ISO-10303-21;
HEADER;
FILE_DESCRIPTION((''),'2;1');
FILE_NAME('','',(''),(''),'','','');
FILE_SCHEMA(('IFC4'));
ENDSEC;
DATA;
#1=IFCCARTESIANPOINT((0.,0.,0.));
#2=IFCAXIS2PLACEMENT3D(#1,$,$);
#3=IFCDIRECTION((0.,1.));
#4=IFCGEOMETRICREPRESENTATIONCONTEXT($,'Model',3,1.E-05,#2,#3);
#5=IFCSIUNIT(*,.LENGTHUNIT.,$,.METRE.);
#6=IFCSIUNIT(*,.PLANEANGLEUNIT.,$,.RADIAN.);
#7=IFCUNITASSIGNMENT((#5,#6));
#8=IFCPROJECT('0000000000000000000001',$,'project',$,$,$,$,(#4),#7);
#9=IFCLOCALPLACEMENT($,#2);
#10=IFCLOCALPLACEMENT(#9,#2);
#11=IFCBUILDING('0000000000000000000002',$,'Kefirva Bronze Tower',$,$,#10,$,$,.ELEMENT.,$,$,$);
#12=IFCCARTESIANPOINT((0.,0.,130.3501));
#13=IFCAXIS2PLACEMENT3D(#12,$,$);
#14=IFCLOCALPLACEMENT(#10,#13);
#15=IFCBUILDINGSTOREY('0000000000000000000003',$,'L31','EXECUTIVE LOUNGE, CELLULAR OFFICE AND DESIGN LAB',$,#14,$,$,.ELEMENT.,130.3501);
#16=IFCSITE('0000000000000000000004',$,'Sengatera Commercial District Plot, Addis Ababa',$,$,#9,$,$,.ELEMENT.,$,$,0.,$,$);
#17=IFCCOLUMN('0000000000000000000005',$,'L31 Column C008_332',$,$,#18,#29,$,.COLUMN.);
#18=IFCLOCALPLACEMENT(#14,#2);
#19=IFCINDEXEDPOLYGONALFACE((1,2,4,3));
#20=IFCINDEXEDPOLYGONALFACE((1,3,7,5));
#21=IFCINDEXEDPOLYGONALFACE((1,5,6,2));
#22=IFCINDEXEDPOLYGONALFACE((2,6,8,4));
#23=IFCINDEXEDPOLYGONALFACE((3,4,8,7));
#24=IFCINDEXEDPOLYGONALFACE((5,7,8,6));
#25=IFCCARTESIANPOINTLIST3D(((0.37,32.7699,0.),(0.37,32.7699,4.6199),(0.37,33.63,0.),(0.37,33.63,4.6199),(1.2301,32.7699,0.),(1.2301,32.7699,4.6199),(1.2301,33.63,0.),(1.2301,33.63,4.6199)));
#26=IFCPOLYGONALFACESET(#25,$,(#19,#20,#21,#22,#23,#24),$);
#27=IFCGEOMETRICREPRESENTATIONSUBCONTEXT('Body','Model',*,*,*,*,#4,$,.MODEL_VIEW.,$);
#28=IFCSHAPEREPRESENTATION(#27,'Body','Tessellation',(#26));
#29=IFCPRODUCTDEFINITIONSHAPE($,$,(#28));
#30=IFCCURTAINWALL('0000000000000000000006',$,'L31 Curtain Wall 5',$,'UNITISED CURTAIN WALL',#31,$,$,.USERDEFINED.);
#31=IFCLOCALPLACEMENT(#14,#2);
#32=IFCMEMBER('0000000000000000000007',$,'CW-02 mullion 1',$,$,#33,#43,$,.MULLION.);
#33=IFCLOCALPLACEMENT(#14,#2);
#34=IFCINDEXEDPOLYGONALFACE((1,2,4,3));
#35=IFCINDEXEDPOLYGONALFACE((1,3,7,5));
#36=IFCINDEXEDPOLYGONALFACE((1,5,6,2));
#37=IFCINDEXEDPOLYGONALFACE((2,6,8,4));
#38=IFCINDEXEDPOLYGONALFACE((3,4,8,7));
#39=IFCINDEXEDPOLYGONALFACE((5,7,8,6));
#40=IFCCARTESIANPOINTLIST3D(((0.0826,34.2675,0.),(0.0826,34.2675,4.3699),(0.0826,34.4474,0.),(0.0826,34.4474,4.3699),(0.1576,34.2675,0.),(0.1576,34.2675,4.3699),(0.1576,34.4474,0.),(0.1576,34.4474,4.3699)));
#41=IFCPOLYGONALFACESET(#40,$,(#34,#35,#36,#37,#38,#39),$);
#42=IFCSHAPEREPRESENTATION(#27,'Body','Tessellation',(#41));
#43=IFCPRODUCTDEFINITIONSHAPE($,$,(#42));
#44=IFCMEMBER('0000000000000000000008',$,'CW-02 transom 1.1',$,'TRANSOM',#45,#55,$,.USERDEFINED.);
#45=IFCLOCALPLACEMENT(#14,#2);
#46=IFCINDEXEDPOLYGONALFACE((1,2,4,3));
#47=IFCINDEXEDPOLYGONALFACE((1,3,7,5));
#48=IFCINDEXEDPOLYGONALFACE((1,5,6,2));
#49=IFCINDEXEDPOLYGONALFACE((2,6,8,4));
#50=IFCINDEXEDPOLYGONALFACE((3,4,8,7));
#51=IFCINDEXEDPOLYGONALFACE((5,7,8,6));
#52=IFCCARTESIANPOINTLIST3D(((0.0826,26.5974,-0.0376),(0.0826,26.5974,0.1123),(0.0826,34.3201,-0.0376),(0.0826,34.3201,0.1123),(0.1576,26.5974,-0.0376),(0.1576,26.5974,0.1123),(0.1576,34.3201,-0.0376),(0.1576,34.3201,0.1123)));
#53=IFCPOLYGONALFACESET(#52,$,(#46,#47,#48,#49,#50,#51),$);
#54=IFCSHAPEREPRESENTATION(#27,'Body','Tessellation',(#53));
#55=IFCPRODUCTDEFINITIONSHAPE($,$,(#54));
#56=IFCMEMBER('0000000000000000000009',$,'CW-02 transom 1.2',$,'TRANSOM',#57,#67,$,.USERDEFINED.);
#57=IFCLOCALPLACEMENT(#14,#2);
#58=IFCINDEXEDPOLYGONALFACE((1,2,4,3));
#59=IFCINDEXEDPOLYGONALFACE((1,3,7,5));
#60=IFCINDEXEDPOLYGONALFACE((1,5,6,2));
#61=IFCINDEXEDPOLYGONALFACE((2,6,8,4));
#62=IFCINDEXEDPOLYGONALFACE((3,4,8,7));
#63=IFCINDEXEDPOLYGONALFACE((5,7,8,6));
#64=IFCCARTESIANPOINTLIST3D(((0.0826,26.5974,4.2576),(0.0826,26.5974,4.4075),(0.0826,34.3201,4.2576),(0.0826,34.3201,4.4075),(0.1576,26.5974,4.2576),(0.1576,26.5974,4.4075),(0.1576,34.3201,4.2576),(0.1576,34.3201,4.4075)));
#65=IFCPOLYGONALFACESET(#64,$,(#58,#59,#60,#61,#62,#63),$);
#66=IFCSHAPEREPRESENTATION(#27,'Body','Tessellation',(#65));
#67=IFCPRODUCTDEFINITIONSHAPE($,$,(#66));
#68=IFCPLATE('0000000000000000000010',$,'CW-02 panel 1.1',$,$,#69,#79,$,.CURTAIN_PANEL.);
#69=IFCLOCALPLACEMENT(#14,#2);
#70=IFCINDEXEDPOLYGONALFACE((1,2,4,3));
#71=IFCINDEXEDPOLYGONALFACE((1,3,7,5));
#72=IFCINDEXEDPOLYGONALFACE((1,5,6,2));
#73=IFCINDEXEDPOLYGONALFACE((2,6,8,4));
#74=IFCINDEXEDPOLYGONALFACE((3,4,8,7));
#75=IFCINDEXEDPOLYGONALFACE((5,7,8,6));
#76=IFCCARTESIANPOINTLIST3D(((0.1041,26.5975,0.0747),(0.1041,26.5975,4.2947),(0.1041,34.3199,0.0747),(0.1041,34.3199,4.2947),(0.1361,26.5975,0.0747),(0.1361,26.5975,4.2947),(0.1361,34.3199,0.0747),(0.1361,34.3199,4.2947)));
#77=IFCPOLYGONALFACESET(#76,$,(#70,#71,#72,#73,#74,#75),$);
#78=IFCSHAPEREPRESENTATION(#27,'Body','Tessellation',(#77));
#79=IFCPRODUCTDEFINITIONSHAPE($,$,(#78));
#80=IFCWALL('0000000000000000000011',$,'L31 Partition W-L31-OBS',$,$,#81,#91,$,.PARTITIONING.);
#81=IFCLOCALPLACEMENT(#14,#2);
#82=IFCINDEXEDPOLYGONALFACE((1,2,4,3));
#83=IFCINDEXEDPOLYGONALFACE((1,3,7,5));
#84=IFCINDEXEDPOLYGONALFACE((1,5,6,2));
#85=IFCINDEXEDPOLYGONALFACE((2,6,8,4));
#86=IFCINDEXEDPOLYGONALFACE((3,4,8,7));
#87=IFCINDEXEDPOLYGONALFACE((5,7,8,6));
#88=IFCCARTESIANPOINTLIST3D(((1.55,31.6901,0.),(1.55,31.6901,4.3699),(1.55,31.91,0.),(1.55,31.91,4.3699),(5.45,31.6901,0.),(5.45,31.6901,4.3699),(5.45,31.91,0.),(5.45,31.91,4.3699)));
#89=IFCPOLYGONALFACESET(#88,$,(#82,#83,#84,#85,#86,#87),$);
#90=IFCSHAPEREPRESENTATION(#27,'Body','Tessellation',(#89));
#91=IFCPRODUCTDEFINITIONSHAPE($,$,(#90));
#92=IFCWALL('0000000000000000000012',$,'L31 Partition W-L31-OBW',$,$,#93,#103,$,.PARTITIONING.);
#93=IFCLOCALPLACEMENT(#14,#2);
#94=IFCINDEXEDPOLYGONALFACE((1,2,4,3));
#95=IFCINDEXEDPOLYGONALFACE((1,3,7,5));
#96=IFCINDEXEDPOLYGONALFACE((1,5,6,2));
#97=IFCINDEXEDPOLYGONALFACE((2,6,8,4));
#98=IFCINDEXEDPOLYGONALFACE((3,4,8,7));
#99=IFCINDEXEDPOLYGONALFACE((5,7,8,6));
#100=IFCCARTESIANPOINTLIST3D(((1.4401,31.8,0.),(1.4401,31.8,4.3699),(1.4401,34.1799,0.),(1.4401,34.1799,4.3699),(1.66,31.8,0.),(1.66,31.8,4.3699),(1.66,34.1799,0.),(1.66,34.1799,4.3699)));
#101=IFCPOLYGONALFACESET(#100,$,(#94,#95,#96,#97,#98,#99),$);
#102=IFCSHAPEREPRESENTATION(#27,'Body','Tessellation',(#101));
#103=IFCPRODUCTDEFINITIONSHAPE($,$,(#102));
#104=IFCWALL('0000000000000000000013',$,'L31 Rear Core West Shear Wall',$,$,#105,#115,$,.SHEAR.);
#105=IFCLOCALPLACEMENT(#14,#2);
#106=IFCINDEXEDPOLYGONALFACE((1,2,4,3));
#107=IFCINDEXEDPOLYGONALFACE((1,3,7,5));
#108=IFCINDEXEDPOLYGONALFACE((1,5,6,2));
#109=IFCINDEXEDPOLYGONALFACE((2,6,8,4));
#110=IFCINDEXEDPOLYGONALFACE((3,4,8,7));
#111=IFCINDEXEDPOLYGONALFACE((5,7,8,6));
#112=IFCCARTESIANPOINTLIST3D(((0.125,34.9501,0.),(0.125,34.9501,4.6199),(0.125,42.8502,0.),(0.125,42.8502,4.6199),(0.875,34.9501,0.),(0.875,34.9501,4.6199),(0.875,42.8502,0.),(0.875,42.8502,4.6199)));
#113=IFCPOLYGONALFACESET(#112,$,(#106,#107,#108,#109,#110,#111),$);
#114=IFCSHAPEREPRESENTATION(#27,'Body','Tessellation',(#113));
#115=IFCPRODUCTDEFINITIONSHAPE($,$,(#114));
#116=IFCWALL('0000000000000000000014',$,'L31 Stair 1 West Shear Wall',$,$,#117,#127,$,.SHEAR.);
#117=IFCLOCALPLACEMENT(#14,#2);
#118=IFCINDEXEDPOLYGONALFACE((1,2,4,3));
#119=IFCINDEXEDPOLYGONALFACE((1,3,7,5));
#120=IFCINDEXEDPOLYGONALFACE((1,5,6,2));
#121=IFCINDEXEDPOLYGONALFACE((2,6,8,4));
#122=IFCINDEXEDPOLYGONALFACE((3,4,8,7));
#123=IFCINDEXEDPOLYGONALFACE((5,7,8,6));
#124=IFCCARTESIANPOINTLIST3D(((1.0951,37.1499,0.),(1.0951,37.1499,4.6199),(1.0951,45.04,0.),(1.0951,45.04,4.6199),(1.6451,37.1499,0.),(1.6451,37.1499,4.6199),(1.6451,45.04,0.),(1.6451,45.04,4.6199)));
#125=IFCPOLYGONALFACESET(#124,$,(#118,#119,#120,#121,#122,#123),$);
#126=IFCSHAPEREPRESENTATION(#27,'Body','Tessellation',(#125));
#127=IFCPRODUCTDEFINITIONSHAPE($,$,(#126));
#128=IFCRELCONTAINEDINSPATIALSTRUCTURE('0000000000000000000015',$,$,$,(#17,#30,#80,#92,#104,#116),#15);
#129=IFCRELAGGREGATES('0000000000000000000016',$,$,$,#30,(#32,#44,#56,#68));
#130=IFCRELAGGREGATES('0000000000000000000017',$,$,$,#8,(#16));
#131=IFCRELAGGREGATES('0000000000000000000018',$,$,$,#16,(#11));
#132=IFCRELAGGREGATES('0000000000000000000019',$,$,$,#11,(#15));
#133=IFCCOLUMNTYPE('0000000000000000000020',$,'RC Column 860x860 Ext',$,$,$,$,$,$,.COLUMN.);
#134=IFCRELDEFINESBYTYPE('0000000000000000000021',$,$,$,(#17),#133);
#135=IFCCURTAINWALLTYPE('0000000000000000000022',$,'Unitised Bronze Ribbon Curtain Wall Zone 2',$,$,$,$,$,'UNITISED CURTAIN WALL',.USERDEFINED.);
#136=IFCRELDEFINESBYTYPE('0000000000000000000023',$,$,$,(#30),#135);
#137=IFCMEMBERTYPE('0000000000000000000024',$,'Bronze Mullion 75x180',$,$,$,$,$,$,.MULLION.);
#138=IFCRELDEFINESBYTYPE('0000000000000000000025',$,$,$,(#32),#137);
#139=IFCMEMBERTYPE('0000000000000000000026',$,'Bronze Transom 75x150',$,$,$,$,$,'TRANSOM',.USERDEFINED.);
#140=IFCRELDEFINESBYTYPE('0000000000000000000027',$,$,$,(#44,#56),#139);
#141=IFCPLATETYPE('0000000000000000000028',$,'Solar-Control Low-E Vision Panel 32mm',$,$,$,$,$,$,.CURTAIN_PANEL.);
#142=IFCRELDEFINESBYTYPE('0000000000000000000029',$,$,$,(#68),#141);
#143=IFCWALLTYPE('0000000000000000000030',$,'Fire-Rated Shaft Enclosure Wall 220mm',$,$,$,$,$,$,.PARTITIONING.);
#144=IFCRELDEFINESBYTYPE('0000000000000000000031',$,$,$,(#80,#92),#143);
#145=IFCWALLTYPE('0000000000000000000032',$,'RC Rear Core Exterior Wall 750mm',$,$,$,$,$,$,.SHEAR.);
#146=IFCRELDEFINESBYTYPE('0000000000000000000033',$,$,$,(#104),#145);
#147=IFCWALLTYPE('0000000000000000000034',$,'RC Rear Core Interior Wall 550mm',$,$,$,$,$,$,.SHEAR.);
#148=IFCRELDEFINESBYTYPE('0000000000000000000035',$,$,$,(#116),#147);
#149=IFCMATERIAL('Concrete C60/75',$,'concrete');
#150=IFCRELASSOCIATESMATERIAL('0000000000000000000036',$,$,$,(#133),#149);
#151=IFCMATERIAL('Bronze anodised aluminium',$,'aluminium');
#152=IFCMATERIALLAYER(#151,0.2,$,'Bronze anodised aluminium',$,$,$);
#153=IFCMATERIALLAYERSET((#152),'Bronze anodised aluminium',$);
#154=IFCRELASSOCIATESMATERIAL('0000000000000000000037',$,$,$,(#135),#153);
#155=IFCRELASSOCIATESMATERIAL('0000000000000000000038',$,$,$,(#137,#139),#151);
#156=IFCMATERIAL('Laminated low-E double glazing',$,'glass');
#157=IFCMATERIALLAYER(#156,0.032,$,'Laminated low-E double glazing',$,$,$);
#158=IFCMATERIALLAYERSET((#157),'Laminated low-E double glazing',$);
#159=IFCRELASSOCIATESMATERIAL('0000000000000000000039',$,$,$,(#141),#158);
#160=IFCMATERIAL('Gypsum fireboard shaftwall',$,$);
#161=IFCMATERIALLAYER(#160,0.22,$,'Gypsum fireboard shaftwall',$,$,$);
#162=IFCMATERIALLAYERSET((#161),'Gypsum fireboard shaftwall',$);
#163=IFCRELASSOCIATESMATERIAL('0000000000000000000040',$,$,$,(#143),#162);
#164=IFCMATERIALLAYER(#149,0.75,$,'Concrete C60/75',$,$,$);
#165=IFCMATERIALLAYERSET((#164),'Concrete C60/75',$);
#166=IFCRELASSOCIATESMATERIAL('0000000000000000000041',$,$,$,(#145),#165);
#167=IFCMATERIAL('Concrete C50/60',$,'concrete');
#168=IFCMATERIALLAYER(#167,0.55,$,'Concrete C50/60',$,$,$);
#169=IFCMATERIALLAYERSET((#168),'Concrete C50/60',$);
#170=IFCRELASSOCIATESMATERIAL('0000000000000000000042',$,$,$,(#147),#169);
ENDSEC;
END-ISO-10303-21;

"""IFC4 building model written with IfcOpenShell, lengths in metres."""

from ifc_helpers import new_model, si_unit, direction, frame, frame_2d, origin, origin_2d, place, context, subcontext, project, spatial, rectangle, extrude, material, layer, layer_set, material_profile, profile_set, type_object, element, aggregate, save


model = new_model("IFC4")

# Units and contexts
model_context = context("Model", 3, precision=1e-05, world=origin(), true_north=direction((0.0, 1.0)))
body_context = subcontext(model_context, "Body", "Model", "MODEL_VIEW")
ifc_project = project(units=[si_unit("LENGTHUNIT", "METRE"), si_unit("PLANEANGLEUNIT", "RADIAN")], contexts=[model_context])

# Site, building, storey
site_placement = place(None, origin())
site = spatial("IfcSite", under=ifc_project, at=site_placement, Name="Sengatera Commercial District Plot, Addis Ababa", CompositionType="ELEMENT", RefElevation=0.0)
building_placement = place(site_placement, origin())
building = spatial("IfcBuilding", under=site, at=building_placement, Name="Kefirva Bronze Tower", CompositionType="ELEMENT")
storey_placement = place(building_placement, frame((0.0, 0.0, 130.3501)))
storey = spatial("IfcBuildingStorey", under=building, at=storey_placement, Name="L31", Description="EXECUTIVE LOUNGE, CELLULAR OFFICE AND DESIGN LAB", CompositionType="ELEMENT", Elevation=130.3501)

# Column
ifc_material_1 = material(Name="Concrete C60/75", Category="concrete")
ifc_material_profile_1 = material_profile(ifc_material_1, rectangle(XDim=0.8601, YDim=0.8601, at=origin_2d()), Name="RC 860x860")
ifc_profile_set_1 = profile_set([ifc_material_profile_1], Name="Concrete C60/75")
column_type = type_object("IfcColumnType", Name="RC Column 860x860 Ext", PredefinedType="COLUMN", material=ifc_profile_set_1)
column_placement = place(storey_placement, frame((0.8, 33.2, 0.0), z_axis=(0.0, 0.0, 1.0), x_axis=(1.0, 0.0, 0.0)))
element("IfcColumn", 1, at=column_placement, inside=storey, type_object=column_type, Name="L31 Column C008_332", PredefinedType="COLUMN", context=body_context, shape_type="SweptSolid", body=[
    extrude(rectangle(XDim=0.8601, YDim=0.8601, at=origin_2d()), origin(), (0.0, 0.0, 1.0), 4.6199),
])

# Curtain wall, members, plate
ifc_material_2 = material(Name="Bronze anodised aluminium", Category="aluminium")
ifc_layer_1 = layer(ifc_material_2, 0.2, Name="Bronze anodised aluminium")
ifc_layer_set_1 = layer_set([ifc_layer_1], Name="Bronze anodised aluminium")
curtain_wall_type = type_object("IfcCurtainWallType", Name="Unitised Bronze Ribbon Curtain Wall Zone 2", ElementType="UNITISED CURTAIN WALL", PredefinedType="USERDEFINED", material=ifc_layer_set_1)
curtain_wall_placement = place(storey_placement, origin())
curtain_wall = element("IfcCurtainWall", 2, at=curtain_wall_placement, inside=storey, type_object=curtain_wall_type, Name="L31 Curtain Wall 5", ObjectType="UNITISED CURTAIN WALL", PredefinedType="USERDEFINED")
ifc_material_profile_2 = material_profile(ifc_material_2, rectangle(XDim=0.075, YDim=0.1799, at=origin_2d()), Name="ALU 75x180")
ifc_profile_set_2 = profile_set([ifc_material_profile_2], Name="Bronze anodised aluminium")
member_type_1 = type_object("IfcMemberType", Name="Bronze Mullion 75x180", PredefinedType="MULLION", material=ifc_profile_set_2)
member_1_placement = place(storey_placement, frame((0.1201, 34.3574, 0.0), z_axis=(0.0, 0.0, 1.0), x_axis=(1.0, 0.0, 0.0)))
member_1 = element("IfcMember", 3, at=member_1_placement, type_object=member_type_1, Name="CW-02 mullion 1", PredefinedType="MULLION", context=body_context, shape_type="SweptSolid", body=[
    extrude(rectangle(XDim=0.075, YDim=0.1799, at=origin_2d()), origin(), (0.0, 0.0, 1.0), 4.3699),
])
ifc_material_profile_3 = material_profile(ifc_material_2, rectangle(XDim=0.075, YDim=0.1499, at=origin_2d()), Name="ALU 75x150")
ifc_profile_set_3 = profile_set([ifc_material_profile_3], Name="Bronze anodised aluminium")
member_type_2 = type_object("IfcMemberType", Name="Bronze Transom 75x150", ElementType="TRANSOM", PredefinedType="USERDEFINED", material=ifc_profile_set_3)
member_2_placement = place(storey_placement, frame((0.1201, 34.3201, 0.0374), z_axis=(0.0, -1.0, 0.0), x_axis=(1.0, 0.0, 0.0)))
member_2 = element("IfcMember", 4, at=member_2_placement, type_object=member_type_2, Name="CW-02 transom 1.1", ObjectType="TRANSOM", PredefinedType="USERDEFINED", context=body_context, shape_type="SweptSolid", body=[
    extrude(rectangle(XDim=0.075, YDim=0.1499, at=origin_2d()), origin(), (0.0, 0.0, 1.0), 7.7227),
])
member_3_placement = place(storey_placement, frame((0.1201, 34.3201, 4.3325), z_axis=(0.0, -1.0, 0.0), x_axis=(1.0, 0.0, 0.0)))
member_3 = element("IfcMember", 5, at=member_3_placement, type_object=member_type_2, Name="CW-02 transom 1.2", ObjectType="TRANSOM", PredefinedType="USERDEFINED", context=body_context, shape_type="SweptSolid", body=[
    extrude(rectangle(XDim=0.075, YDim=0.1499, at=origin_2d()), origin(), (0.0, 0.0, 1.0), 7.7227),
])
ifc_material_3 = material(Name="Laminated low-E double glazing", Category="glass")
ifc_layer_2 = layer(ifc_material_3, 0.032, Name="Laminated low-E double glazing")
ifc_layer_set_2 = layer_set([ifc_layer_2], Name="Laminated low-E double glazing")
plate_type = type_object("IfcPlateType", Name="Solar-Control Low-E Vision Panel 32mm", PredefinedType="CURTAIN_PANEL", material=ifc_layer_set_2)
plate_placement = place(storey_placement, frame((0.1201, 30.4587, 0.0747), z_axis=(0.0, 0.0, 1.0), x_axis=(0.0, -1.0, 0.0)))
plate = element("IfcPlate", 6, at=plate_placement, type_object=plate_type, Name="CW-02 panel 1.1", PredefinedType="CURTAIN_PANEL", context=body_context, shape_type="SweptSolid", body=[
    extrude(rectangle(XDim=7.7224, YDim=0.032, at=origin_2d()), origin(), (0.0, 0.0, 1.0), 4.22),
])
aggregate(curtain_wall, [member_1, member_2, member_3, plate])

# Shared definitions
ifc_material_4 = material(Name="Gypsum fireboard shaftwall")
ifc_layer_3 = layer(ifc_material_4, 0.22, Name="Gypsum fireboard shaftwall")
ifc_layer_set_3 = layer_set([ifc_layer_3], Name="Gypsum fireboard shaftwall")
wall_type_1 = type_object("IfcWallType", Name="Fire-Rated Shaft Enclosure Wall 220mm", PredefinedType="PARTITIONING", material=ifc_layer_set_3)

# Walls
wall_1_placement = place(storey_placement, frame((1.55, 31.8, 0.0), z_axis=(0.0, 0.0, 1.0), x_axis=(1.0, 0.0, 0.0)))
element("IfcWall", 7, at=wall_1_placement, inside=storey, type_object=wall_type_1, Name="L31 Partition W-L31-OBS", PredefinedType="PARTITIONING", context=body_context, shape_type="SweptSolid", body=[
    extrude(rectangle(XDim=3.8999, YDim=0.22, at=frame_2d((1.95, 0.0))), origin(), (0.0, 0.0, 1.0), 4.3699),
])
wall_2_placement = place(storey_placement, frame((1.55, 31.8, 0.0), z_axis=(0.0, 0.0, 1.0), x_axis=(0.0, 1.0, 0.0)))
element("IfcWall", 8, at=wall_2_placement, inside=storey, type_object=wall_type_1, Name="L31 Partition W-L31-OBW", PredefinedType="PARTITIONING", context=body_context, shape_type="SweptSolid", body=[
    extrude(rectangle(XDim=2.3799, YDim=0.22, at=frame_2d((1.1899, 0.0))), origin(), (0.0, 0.0, 1.0), 4.3699),
])
ifc_layer_4 = layer(ifc_material_1, 0.75, Name="Concrete C60/75")
ifc_layer_set_4 = layer_set([ifc_layer_4], Name="Concrete C60/75")
wall_type_2 = type_object("IfcWallType", Name="RC Rear Core Exterior Wall 750mm", PredefinedType="SHEAR", material=ifc_layer_set_4)
wall_3_placement = place(storey_placement, frame((0.5, 34.95, 0.0), z_axis=(0.0, 0.0, 1.0), x_axis=(0.0, 1.0, 0.0)))
element("IfcWall", 9, at=wall_3_placement, inside=storey, type_object=wall_type_2, Name="L31 Rear Core West Shear Wall", PredefinedType="SHEAR", context=body_context, shape_type="SweptSolid", body=[
    extrude(rectangle(XDim=7.9001, YDim=0.75, at=frame_2d((3.9502, 0.0))), origin(), (0.0, 0.0, 1.0), 4.6199),
])
ifc_material_5 = material(Name="Concrete C50/60", Category="concrete")
ifc_layer_5 = layer(ifc_material_5, 0.55, Name="Concrete C50/60")
ifc_layer_set_5 = layer_set([ifc_layer_5], Name="Concrete C50/60")
wall_type_3 = type_object("IfcWallType", Name="RC Rear Core Interior Wall 550mm", PredefinedType="SHEAR", material=ifc_layer_set_5)
wall_4_placement = place(storey_placement, frame((1.3701, 37.1499, 0.0), z_axis=(0.0, 0.0, 1.0), x_axis=(0.0, 1.0, 0.0)))
element("IfcWall", 10, at=wall_4_placement, inside=storey, type_object=wall_type_3, Name="L31 Stair 1 West Shear Wall", PredefinedType="SHEAR", context=body_context, shape_type="SweptSolid", body=[
    extrude(rectangle(XDim=7.8901, YDim=0.55, at=frame_2d((3.9451, 0.0))), origin(), (0.0, 0.0, 1.0), 4.6199),
])

save(model, "model.ifc")
